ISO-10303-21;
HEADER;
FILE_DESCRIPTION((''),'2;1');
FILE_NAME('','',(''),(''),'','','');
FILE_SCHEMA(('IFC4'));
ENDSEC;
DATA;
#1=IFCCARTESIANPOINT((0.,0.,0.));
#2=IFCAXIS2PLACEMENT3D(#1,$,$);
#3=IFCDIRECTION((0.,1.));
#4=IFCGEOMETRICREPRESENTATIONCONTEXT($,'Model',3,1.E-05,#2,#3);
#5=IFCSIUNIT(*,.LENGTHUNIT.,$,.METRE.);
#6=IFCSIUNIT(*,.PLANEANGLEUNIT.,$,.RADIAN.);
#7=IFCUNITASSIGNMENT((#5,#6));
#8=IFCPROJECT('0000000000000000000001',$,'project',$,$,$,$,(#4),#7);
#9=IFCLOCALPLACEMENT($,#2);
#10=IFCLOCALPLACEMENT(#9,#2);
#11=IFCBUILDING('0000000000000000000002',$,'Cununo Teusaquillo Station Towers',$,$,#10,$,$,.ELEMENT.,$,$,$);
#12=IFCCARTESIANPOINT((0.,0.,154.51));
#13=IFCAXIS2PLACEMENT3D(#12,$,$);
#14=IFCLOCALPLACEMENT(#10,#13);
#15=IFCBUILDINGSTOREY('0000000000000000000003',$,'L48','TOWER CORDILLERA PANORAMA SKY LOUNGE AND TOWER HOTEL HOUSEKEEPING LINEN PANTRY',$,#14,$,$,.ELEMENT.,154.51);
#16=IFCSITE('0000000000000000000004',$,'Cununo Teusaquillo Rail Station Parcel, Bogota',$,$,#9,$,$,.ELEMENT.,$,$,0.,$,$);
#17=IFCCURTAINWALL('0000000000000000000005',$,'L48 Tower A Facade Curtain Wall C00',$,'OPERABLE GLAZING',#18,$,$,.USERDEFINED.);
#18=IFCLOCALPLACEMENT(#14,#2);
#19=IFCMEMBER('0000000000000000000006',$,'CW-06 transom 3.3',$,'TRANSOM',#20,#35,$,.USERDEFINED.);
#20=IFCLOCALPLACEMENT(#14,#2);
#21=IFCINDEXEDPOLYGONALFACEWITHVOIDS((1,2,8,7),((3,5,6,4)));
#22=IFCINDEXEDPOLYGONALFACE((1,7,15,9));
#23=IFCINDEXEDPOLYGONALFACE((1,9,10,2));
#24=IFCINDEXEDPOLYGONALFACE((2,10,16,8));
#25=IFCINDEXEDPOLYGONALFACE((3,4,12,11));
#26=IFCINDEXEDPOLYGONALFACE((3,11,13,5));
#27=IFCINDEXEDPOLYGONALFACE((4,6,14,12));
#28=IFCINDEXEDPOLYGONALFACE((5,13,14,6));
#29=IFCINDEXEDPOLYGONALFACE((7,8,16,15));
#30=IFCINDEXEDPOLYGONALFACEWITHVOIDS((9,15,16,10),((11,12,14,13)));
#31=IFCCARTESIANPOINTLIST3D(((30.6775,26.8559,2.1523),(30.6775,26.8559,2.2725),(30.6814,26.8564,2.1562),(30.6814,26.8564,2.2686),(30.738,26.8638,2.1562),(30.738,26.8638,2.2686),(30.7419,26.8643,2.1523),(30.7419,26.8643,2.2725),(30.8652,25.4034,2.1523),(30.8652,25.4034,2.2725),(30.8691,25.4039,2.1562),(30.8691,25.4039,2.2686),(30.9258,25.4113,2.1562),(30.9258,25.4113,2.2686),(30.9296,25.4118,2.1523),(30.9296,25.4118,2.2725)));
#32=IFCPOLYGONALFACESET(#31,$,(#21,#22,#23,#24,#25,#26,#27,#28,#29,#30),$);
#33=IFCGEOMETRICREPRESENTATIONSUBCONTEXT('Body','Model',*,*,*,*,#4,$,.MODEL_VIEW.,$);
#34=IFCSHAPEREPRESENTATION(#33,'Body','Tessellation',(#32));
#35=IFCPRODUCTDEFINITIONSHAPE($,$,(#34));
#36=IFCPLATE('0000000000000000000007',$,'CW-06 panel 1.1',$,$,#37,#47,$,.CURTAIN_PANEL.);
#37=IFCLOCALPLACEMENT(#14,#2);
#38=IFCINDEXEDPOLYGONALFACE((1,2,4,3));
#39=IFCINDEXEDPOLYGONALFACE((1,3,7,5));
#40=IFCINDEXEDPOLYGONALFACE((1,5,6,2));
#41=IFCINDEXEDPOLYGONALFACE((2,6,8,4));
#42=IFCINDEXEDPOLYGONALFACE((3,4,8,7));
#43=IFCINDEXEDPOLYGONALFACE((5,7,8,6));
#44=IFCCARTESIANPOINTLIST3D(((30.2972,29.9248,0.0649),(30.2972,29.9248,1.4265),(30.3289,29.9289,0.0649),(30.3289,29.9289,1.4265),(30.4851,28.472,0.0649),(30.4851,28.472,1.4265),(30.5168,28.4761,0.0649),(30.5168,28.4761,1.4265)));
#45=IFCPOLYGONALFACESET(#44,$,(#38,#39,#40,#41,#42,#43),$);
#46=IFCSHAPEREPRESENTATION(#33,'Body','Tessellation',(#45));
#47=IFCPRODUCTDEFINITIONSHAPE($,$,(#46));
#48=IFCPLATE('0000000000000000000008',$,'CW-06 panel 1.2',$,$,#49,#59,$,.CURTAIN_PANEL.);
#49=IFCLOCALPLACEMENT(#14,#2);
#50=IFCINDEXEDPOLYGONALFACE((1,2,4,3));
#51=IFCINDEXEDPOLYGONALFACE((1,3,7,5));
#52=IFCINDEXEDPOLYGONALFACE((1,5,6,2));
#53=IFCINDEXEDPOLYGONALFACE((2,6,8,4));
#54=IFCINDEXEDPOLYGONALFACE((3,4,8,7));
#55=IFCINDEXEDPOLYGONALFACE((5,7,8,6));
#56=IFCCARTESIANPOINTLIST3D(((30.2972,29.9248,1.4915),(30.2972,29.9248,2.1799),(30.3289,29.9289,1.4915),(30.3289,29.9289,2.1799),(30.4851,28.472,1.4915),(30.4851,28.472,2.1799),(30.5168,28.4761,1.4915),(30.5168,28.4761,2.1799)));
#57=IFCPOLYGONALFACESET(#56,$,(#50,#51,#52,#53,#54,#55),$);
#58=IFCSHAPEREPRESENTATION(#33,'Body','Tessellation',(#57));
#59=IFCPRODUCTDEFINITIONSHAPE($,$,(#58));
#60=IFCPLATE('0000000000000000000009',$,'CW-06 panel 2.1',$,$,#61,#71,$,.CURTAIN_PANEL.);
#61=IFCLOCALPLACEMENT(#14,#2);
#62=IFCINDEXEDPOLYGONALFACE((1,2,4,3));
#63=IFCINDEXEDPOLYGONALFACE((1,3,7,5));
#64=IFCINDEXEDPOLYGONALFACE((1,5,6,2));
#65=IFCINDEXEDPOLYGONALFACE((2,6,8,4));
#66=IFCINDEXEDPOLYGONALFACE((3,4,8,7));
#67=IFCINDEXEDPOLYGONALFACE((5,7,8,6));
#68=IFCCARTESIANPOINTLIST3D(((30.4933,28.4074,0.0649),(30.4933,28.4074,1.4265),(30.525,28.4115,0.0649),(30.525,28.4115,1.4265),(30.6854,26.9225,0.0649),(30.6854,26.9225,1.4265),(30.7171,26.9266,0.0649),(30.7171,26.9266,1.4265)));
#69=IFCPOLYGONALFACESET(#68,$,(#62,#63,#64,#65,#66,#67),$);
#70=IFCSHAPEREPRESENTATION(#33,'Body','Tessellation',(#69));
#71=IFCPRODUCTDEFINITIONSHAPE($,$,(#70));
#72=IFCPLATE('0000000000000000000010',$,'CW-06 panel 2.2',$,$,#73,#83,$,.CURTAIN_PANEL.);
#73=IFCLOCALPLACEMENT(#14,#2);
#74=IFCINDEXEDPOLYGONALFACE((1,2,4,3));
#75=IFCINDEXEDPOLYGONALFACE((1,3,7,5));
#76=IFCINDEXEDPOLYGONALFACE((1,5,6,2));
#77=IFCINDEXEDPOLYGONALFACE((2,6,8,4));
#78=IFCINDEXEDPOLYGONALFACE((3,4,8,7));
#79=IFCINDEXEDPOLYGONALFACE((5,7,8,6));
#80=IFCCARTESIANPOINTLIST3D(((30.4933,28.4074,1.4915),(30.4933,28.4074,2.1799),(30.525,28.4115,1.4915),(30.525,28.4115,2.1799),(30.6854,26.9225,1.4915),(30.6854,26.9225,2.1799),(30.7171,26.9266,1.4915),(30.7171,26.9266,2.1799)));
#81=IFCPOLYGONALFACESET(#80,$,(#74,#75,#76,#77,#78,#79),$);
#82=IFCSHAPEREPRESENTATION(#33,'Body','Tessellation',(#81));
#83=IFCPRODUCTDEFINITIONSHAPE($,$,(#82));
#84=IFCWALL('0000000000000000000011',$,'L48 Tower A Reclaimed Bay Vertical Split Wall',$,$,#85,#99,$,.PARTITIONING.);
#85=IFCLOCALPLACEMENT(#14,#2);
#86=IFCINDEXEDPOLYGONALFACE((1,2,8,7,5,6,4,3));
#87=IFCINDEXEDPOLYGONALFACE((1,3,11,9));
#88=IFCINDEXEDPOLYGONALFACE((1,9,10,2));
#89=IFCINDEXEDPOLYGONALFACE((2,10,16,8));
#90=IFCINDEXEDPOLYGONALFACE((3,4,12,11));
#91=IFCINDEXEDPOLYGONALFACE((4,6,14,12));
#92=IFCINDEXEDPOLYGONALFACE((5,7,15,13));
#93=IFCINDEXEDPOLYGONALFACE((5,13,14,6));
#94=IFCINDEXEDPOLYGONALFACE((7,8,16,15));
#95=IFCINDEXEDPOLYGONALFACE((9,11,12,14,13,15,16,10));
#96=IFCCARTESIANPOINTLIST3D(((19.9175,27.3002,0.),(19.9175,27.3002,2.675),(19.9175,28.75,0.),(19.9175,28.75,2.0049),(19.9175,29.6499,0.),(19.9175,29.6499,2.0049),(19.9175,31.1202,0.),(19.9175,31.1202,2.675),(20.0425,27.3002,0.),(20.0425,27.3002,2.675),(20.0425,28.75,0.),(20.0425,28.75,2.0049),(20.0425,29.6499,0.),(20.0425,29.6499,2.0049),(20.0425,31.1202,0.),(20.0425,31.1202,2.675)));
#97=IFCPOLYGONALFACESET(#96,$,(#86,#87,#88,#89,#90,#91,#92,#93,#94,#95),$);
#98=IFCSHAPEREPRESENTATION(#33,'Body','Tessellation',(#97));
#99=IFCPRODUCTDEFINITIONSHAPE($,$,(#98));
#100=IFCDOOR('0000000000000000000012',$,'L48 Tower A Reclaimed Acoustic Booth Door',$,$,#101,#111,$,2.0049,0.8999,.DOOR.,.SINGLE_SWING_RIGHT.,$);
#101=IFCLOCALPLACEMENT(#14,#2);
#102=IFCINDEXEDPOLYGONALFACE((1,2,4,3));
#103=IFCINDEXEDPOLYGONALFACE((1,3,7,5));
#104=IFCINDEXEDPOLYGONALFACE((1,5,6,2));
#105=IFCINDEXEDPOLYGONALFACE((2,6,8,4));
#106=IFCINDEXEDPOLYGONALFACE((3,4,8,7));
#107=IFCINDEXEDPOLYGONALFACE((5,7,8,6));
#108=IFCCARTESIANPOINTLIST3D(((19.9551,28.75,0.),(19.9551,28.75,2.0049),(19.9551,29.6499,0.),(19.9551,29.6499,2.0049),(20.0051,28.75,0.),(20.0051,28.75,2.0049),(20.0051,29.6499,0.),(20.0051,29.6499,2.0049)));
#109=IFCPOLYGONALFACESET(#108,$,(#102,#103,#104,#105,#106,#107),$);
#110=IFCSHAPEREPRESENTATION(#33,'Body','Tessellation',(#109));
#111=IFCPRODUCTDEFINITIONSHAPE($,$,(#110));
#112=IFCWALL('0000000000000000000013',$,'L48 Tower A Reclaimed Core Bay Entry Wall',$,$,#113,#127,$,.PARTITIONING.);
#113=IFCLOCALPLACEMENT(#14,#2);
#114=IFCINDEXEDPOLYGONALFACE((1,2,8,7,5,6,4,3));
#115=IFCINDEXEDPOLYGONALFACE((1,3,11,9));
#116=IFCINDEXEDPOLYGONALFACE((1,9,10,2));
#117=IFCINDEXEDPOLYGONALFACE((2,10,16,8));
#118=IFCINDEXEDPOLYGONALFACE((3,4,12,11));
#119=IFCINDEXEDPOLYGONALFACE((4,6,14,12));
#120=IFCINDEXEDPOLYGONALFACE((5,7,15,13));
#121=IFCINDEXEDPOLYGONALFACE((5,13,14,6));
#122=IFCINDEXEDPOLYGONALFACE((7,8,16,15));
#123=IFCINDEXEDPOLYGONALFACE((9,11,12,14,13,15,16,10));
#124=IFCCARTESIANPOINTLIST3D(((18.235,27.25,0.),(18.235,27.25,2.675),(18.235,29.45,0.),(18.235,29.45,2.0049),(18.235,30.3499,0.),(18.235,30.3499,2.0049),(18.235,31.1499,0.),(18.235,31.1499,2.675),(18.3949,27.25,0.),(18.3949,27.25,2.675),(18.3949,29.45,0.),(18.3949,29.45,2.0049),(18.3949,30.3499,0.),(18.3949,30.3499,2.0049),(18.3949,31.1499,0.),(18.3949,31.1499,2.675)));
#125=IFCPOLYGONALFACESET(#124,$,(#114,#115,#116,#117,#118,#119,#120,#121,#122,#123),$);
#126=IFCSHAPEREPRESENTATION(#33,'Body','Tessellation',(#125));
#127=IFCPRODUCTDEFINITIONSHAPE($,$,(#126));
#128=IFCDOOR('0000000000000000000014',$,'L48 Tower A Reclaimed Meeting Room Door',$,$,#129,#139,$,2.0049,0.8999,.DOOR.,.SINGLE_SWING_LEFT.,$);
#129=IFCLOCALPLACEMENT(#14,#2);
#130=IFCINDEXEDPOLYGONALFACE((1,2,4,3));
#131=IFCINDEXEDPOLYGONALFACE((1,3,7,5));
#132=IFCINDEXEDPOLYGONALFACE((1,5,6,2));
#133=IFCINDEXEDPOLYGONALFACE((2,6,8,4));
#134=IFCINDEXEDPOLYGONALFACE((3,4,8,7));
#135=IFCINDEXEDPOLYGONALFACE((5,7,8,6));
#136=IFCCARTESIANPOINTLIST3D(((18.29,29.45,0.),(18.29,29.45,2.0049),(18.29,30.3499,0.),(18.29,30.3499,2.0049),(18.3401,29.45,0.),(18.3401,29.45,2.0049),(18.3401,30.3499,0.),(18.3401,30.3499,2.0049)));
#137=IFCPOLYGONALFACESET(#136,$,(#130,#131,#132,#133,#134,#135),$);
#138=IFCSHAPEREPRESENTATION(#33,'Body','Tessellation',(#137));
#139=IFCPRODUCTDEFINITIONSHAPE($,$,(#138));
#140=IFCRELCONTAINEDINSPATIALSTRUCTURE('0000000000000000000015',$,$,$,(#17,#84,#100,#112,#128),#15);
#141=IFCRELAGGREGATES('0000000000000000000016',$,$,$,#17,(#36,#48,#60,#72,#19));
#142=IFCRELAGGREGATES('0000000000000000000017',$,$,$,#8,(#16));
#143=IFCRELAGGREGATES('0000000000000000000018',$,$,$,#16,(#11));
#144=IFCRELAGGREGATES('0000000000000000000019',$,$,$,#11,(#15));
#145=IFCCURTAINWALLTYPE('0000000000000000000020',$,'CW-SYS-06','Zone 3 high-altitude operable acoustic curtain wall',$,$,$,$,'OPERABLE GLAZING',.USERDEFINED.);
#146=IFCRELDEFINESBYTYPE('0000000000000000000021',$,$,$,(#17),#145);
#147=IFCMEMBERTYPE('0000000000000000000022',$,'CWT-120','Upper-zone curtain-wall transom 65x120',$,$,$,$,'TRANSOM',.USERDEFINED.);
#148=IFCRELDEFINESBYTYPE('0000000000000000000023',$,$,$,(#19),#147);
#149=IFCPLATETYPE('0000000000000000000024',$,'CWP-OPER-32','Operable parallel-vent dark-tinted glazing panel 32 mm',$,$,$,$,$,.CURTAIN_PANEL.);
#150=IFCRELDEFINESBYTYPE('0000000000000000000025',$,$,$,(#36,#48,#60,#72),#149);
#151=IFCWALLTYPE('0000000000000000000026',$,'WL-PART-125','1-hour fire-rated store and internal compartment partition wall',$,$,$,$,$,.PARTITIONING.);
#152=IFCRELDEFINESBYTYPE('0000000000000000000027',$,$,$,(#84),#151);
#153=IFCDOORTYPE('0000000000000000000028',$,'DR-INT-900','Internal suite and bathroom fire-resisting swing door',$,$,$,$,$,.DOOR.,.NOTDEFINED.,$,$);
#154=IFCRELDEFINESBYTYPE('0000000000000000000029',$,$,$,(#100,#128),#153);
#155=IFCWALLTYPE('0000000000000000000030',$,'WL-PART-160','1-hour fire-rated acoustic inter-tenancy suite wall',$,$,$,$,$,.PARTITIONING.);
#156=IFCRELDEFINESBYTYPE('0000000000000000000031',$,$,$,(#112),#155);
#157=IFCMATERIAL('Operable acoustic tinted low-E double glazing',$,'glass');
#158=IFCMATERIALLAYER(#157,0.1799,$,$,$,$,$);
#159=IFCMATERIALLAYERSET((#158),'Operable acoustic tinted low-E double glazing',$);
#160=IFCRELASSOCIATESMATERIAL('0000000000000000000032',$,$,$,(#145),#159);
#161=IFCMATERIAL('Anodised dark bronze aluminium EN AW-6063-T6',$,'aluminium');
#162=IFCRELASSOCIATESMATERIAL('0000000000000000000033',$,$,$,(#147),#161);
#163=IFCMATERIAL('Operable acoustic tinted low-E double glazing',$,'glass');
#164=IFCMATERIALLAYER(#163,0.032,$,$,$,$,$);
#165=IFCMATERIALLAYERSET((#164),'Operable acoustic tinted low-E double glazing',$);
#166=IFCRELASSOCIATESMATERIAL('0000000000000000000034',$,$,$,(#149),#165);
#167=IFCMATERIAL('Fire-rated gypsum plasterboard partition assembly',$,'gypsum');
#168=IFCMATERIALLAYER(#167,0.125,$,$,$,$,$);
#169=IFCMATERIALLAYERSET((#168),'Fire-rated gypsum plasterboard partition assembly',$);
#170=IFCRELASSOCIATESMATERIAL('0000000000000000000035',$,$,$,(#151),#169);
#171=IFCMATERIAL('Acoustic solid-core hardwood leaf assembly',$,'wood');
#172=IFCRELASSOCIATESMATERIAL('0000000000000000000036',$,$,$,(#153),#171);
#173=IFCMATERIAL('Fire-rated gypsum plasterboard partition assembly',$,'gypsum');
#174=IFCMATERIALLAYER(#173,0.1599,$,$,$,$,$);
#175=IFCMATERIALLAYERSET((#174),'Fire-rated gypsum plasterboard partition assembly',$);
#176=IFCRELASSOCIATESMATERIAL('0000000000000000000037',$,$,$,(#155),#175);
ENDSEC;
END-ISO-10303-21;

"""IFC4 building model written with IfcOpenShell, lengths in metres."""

from ifc_helpers import new_model, si_unit, direction, frame, frame_2d, origin, origin_2d, place, context, subcontext, project, spatial, rectangle, hollow_rectangle, extrude, source, transform, mapped, material, layer, layer_set, material_profile, profile_set, type_object, element, fill, aggregate, save


model = new_model("IFC4")

# Units and contexts
model_context = context("Model", 3, precision=1e-05, world=origin(), true_north=direction((0.0, 1.0)))
body_context = subcontext(model_context, "Body", "Model", "MODEL_VIEW")
ifc_project = project(units=[si_unit("LENGTHUNIT", "METRE"), si_unit("PLANEANGLEUNIT", "RADIAN")], contexts=[model_context])

# Site, building, storey
site_placement = place(None, origin())
site = spatial("IfcSite", under=ifc_project, at=site_placement, Name="Cununo Teusaquillo Rail Station Parcel, Bogota", CompositionType="ELEMENT", RefElevation=0.0)
building_placement = place(site_placement, origin())
building = spatial("IfcBuilding", under=site, at=building_placement, Name="Cununo Teusaquillo Station Towers", CompositionType="ELEMENT")
storey_placement = place(building_placement, frame((0.0, 0.0, 154.51)))
storey = spatial("IfcBuildingStorey", under=building, at=storey_placement, Name="L48", Description="TOWER CORDILLERA PANORAMA SKY LOUNGE AND TOWER HOTEL HOUSEKEEPING LINEN PANTRY", CompositionType="ELEMENT", Elevation=154.51)

# Curtain wall, member, plates
ifc_material_1 = material(Name="Operable acoustic tinted low-E double glazing", Category="glass")
ifc_layer_1 = layer(ifc_material_1, 0.1799)
ifc_layer_set_1 = layer_set([ifc_layer_1], Name="Operable acoustic tinted low-E double glazing")
curtain_wall_type = type_object("IfcCurtainWallType", Name="CW-SYS-06", Description="Zone 3 high-altitude operable acoustic curtain wall", ElementType="OPERABLE GLAZING", PredefinedType="USERDEFINED", material=ifc_layer_set_1)
curtain_wall_placement = place(storey_placement, origin())
curtain_wall = element("IfcCurtainWall", 1, at=curtain_wall_placement, inside=storey, type_object=curtain_wall_type, Name="L48 Tower A Facade Curtain Wall C00", ObjectType="OPERABLE GLAZING", PredefinedType="USERDEFINED")
ifc_material_2 = material(Name="Anodised dark bronze aluminium EN AW-6063-T6", Category="aluminium")
ifc_material_profile_1 = material_profile(ifc_material_2, hollow_rectangle(XDim=0.0649, YDim=0.1201, WallThickness=0.0039, at=origin_2d()), Name="CW-TRAN-65x120")
ifc_profile_set_1 = profile_set([ifc_material_profile_1], Name="Anodised dark bronze aluminium EN AW-6063-T6")
member_type_1 = type_object("IfcMemberType", Name="CWT-120", Description="Upper-zone curtain-wall transom 65x120", ElementType="TRANSOM", PredefinedType="USERDEFINED", material=ifc_profile_set_1)
member_1_placement = place(storey_placement, frame((30.7097, 26.8601, 2.2124), z_axis=(0.128178, -0.991751, 0.0), x_axis=(0.991751, 0.128178, 0.0)))
member_1 = element("IfcMember", 2, at=member_1_placement, type_object=member_type_1, Name="CW-06 transom 3.3", ObjectType="TRANSOM", PredefinedType="USERDEFINED", context=body_context, shape_type="SweptSolid", body=[
    extrude(hollow_rectangle(XDim=0.0649, YDim=0.1201, WallThickness=0.0039, at=origin_2d()), origin(), (0.0, 0.0, 1.0), 1.4646),
])
ifc_material_3 = material(Name="Operable acoustic tinted low-E double glazing", Category="glass")
ifc_layer_2 = layer(ifc_material_3, 0.032)
ifc_layer_set_2 = layer_set([ifc_layer_2], Name="Operable acoustic tinted low-E double glazing")
plate_type = type_object("IfcPlateType", Name="CWP-OPER-32", Description="Operable parallel-vent dark-tinted glazing panel 32 mm", PredefinedType="CURTAIN_PANEL", material=ifc_layer_set_2)
shared_shape_1 = source(origin(), body_context, "Body", "SweptSolid", [
    extrude(rectangle(XDim=1.4648, YDim=0.032, at=origin_2d()), origin(), (0.0, 0.0, 1.0), 1.3616),
])
plate_1_placement = place(storey_placement, frame((30.407, 29.2004, 0.0649), z_axis=(0.0, 0.0, 1.0), x_axis=(0.128293, -0.991736, 0.0)))
plate_1 = element("IfcPlate", 3, at=plate_1_placement, type_object=plate_type, Name="CW-06 panel 1.1", PredefinedType="CURTAIN_PANEL", context=body_context, shape_type="MappedRepresentation", body=[
    mapped(shared_shape_1, transform((0.0, 0.0, 0.0), x_axis=(1.0, 0.0, 0.0), y_axis=(0.0, 1.0, 0.0), z_axis=(0.0, 0.0, 1.0), scale=1.0)),
])
shared_shape_2 = source(origin(), body_context, "Body", "SweptSolid", [
    extrude(rectangle(XDim=1.4648, YDim=0.032, at=origin_2d()), origin(), (0.0, 0.0, 1.0), 0.6885),
])
plate_2_placement = place(storey_placement, frame((30.407, 29.2004, 1.4915), z_axis=(0.0, 0.0, 1.0), x_axis=(0.128293, -0.991736, 0.0)))
plate_2 = element("IfcPlate", 4, at=plate_2_placement, type_object=plate_type, Name="CW-06 panel 1.2", PredefinedType="CURTAIN_PANEL", context=body_context, shape_type="MappedRepresentation", body=[
    mapped(shared_shape_2, transform((0.0, 0.0, 0.0), x_axis=(1.0, 0.0, 0.0), y_axis=(0.0, 1.0, 0.0), z_axis=(0.0, 0.0, 1.0), scale=1.0)),
])
shared_shape_3 = source(origin(), body_context, "Body", "SweptSolid", [
    extrude(rectangle(XDim=1.4973, YDim=0.032, at=origin_2d()), origin(), (0.0, 0.0, 1.0), 1.3616),
])
plate_3_placement = place(storey_placement, frame((30.6052, 27.667, 0.0649), z_axis=(0.0, 0.0, 1.0), x_axis=(0.128293, -0.991736, 0.0)))
plate_3 = element("IfcPlate", 5, at=plate_3_placement, type_object=plate_type, Name="CW-06 panel 2.1", PredefinedType="CURTAIN_PANEL", context=body_context, shape_type="MappedRepresentation", body=[
    mapped(shared_shape_3, transform((0.0, 0.0, 0.0), x_axis=(1.0, 0.0, 0.0), y_axis=(0.0, 1.0, 0.0), z_axis=(0.0, 0.0, 1.0), scale=1.0)),
])
shared_shape_4 = source(origin(), body_context, "Body", "SweptSolid", [
    extrude(rectangle(XDim=1.4973, YDim=0.032, at=origin_2d()), origin(), (0.0, 0.0, 1.0), 0.6885),
])
plate_4_placement = place(storey_placement, frame((30.6052, 27.667, 1.4915), z_axis=(0.0, 0.0, 1.0), x_axis=(0.128293, -0.991736, 0.0)))
plate_4 = element("IfcPlate", 6, at=plate_4_placement, type_object=plate_type, Name="CW-06 panel 2.2", PredefinedType="CURTAIN_PANEL", context=body_context, shape_type="MappedRepresentation", body=[
    mapped(shared_shape_4, transform((0.0, 0.0, 0.0), x_axis=(1.0, 0.0, 0.0), y_axis=(0.0, 1.0, 0.0), z_axis=(0.0, 0.0, 1.0), scale=1.0)),
])
aggregate(curtain_wall, [plate_1, plate_2, plate_3, plate_4, member_1])

# Walls, openings, doors
ifc_material_4 = material(Name="Fire-rated gypsum plasterboard partition assembly", Category="gypsum")
ifc_layer_3 = layer(ifc_material_4, 0.125)
ifc_layer_set_3 = layer_set([ifc_layer_3], Name="Fire-rated gypsum plasterboard partition assembly")
wall_type_1 = type_object("IfcWallType", Name="WL-PART-125", Description="1-hour fire-rated store and internal compartment partition wall", PredefinedType="PARTITIONING", material=ifc_layer_set_3)
wall_1_placement = place(storey_placement, frame((19.98, 27.3, 0.0), z_axis=(0.0, 0.0, 1.0), x_axis=(0.0, 1.0, 0.0)))
wall_1 = element("IfcWall", 7, at=wall_1_placement, inside=storey, type_object=wall_type_1, Name="L48 Tower A Reclaimed Bay Vertical Split Wall", PredefinedType="PARTITIONING", context=body_context, shape_type="SweptSolid", body=[
    extrude(rectangle(XDim=3.8201, YDim=0.125, at=frame_2d((1.9102, 0.0))), origin(), (0.0, 0.0, 1.0), 2.675),
])
shared_shape_5 = source(origin(), body_context, "Body", "SweptSolid", [
    extrude(rectangle(XDim=0.8999, YDim=2.0049, at=frame_2d((0.45, 1.0024))), frame((0.0, 0.0725, 0.0), z_axis=(0.0, -1.0, 0.0), x_axis=(1.0, 0.0, 0.0)), (0.0, 0.0, 1.0), 0.145),
])
opening_1_placement = place(wall_1_placement, frame((1.45, 0.0, 0.0)))
opening_1 = element("IfcOpeningElement", 8, at=opening_1_placement, cuts=wall_1, PredefinedType="OPENING", context=body_context, shape_type="MappedRepresentation", body=[
    mapped(shared_shape_5, transform((0.0, 0.0, 0.0), x_axis=(1.0, 0.0, 0.0), y_axis=(0.0, 1.0, 0.0), z_axis=(0.0, 0.0, 1.0), scale=1.0)),
])
ifc_material_5 = material(Name="Acoustic solid-core hardwood leaf assembly", Category="wood")
door_type_1 = type_object("IfcDoorType", Name="DR-INT-900", Description="Internal suite and bathroom fire-resisting swing door", OperationType="NOTDEFINED", PredefinedType="DOOR", material=ifc_material_5)
shared_shape_6 = source(origin(), body_context, "Body", "SweptSolid", [
    extrude(rectangle(XDim=0.8999, YDim=2.0049, at=frame_2d((0.45, 1.0024))), frame((0.0, 0.0249, 0.0), z_axis=(0.0, -1.0, 0.0), x_axis=(1.0, 0.0, 0.0)), (0.0, 0.0, 1.0), 0.05),
])
door_1_placement = place(opening_1_placement, origin())
door_1 = element("IfcDoor", 9, at=door_1_placement, inside=storey, type_object=door_type_1, Name="L48 Tower A Reclaimed Acoustic Booth Door", OperationType="SINGLE_SWING_RIGHT", OverallHeight=2.0049, OverallWidth=0.8999, PredefinedType="DOOR", context=body_context, shape_type="MappedRepresentation", body=[
    mapped(shared_shape_6, transform((0.0, 0.0, 0.0), x_axis=(1.0, 0.0, 0.0), y_axis=(0.0, 1.0, 0.0), z_axis=(0.0, 0.0, 1.0), scale=1.0)),
])
fill(opening_1, door_1)
ifc_material_6 = material(Name="Fire-rated gypsum plasterboard partition assembly", Category="gypsum")
ifc_layer_4 = layer(ifc_material_6, 0.1599)
ifc_layer_set_4 = layer_set([ifc_layer_4], Name="Fire-rated gypsum plasterboard partition assembly")
wall_type_2 = type_object("IfcWallType", Name="WL-PART-160", Description="1-hour fire-rated acoustic inter-tenancy suite wall", PredefinedType="PARTITIONING", material=ifc_layer_set_4)
wall_2_placement = place(storey_placement, frame((18.3149, 27.25, 0.0), z_axis=(0.0, 0.0, 1.0), x_axis=(0.0, 1.0, 0.0)))
wall_2 = element("IfcWall", 10, at=wall_2_placement, inside=storey, type_object=wall_type_2, Name="L48 Tower A Reclaimed Core Bay Entry Wall", PredefinedType="PARTITIONING", context=body_context, shape_type="SweptSolid", body=[
    extrude(rectangle(XDim=3.8999, YDim=0.1599, at=frame_2d((1.95, 0.0))), origin(), (0.0, 0.0, 1.0), 2.675),
])
shared_shape_7 = source(origin(), body_context, "Body", "SweptSolid", [
    extrude(rectangle(XDim=0.8999, YDim=2.0049, at=frame_2d((0.45, 1.0024))), frame((0.0, 0.0898, 0.0), z_axis=(0.0, -1.0, 0.0), x_axis=(1.0, 0.0, 0.0)), (0.0, 0.0, 1.0), 0.1799),
])
opening_2_placement = place(wall_2_placement, frame((2.2, 0.0, 0.0)))
opening_2 = element("IfcOpeningElement", 11, at=opening_2_placement, cuts=wall_2, PredefinedType="OPENING", context=body_context, shape_type="MappedRepresentation", body=[
    mapped(shared_shape_7, transform((0.0, 0.0, 0.0), x_axis=(1.0, 0.0, 0.0), y_axis=(0.0, 1.0, 0.0), z_axis=(0.0, 0.0, 1.0), scale=1.0)),
])
door_2_placement = place(opening_2_placement, origin())
door_2 = element("IfcDoor", 12, at=door_2_placement, inside=storey, type_object=door_type_1, Name="L48 Tower A Reclaimed Meeting Room Door", OperationType="SINGLE_SWING_LEFT", OverallHeight=2.0049, OverallWidth=0.8999, PredefinedType="DOOR", context=body_context, shape_type="MappedRepresentation", body=[
    mapped(shared_shape_6, transform((0.0, 0.0, 0.0), x_axis=(1.0, 0.0, 0.0), y_axis=(0.0, 1.0, 0.0), z_axis=(0.0, 0.0, 1.0), scale=1.0)),
])
fill(opening_2, door_2)

save(model, "model.ifc")
